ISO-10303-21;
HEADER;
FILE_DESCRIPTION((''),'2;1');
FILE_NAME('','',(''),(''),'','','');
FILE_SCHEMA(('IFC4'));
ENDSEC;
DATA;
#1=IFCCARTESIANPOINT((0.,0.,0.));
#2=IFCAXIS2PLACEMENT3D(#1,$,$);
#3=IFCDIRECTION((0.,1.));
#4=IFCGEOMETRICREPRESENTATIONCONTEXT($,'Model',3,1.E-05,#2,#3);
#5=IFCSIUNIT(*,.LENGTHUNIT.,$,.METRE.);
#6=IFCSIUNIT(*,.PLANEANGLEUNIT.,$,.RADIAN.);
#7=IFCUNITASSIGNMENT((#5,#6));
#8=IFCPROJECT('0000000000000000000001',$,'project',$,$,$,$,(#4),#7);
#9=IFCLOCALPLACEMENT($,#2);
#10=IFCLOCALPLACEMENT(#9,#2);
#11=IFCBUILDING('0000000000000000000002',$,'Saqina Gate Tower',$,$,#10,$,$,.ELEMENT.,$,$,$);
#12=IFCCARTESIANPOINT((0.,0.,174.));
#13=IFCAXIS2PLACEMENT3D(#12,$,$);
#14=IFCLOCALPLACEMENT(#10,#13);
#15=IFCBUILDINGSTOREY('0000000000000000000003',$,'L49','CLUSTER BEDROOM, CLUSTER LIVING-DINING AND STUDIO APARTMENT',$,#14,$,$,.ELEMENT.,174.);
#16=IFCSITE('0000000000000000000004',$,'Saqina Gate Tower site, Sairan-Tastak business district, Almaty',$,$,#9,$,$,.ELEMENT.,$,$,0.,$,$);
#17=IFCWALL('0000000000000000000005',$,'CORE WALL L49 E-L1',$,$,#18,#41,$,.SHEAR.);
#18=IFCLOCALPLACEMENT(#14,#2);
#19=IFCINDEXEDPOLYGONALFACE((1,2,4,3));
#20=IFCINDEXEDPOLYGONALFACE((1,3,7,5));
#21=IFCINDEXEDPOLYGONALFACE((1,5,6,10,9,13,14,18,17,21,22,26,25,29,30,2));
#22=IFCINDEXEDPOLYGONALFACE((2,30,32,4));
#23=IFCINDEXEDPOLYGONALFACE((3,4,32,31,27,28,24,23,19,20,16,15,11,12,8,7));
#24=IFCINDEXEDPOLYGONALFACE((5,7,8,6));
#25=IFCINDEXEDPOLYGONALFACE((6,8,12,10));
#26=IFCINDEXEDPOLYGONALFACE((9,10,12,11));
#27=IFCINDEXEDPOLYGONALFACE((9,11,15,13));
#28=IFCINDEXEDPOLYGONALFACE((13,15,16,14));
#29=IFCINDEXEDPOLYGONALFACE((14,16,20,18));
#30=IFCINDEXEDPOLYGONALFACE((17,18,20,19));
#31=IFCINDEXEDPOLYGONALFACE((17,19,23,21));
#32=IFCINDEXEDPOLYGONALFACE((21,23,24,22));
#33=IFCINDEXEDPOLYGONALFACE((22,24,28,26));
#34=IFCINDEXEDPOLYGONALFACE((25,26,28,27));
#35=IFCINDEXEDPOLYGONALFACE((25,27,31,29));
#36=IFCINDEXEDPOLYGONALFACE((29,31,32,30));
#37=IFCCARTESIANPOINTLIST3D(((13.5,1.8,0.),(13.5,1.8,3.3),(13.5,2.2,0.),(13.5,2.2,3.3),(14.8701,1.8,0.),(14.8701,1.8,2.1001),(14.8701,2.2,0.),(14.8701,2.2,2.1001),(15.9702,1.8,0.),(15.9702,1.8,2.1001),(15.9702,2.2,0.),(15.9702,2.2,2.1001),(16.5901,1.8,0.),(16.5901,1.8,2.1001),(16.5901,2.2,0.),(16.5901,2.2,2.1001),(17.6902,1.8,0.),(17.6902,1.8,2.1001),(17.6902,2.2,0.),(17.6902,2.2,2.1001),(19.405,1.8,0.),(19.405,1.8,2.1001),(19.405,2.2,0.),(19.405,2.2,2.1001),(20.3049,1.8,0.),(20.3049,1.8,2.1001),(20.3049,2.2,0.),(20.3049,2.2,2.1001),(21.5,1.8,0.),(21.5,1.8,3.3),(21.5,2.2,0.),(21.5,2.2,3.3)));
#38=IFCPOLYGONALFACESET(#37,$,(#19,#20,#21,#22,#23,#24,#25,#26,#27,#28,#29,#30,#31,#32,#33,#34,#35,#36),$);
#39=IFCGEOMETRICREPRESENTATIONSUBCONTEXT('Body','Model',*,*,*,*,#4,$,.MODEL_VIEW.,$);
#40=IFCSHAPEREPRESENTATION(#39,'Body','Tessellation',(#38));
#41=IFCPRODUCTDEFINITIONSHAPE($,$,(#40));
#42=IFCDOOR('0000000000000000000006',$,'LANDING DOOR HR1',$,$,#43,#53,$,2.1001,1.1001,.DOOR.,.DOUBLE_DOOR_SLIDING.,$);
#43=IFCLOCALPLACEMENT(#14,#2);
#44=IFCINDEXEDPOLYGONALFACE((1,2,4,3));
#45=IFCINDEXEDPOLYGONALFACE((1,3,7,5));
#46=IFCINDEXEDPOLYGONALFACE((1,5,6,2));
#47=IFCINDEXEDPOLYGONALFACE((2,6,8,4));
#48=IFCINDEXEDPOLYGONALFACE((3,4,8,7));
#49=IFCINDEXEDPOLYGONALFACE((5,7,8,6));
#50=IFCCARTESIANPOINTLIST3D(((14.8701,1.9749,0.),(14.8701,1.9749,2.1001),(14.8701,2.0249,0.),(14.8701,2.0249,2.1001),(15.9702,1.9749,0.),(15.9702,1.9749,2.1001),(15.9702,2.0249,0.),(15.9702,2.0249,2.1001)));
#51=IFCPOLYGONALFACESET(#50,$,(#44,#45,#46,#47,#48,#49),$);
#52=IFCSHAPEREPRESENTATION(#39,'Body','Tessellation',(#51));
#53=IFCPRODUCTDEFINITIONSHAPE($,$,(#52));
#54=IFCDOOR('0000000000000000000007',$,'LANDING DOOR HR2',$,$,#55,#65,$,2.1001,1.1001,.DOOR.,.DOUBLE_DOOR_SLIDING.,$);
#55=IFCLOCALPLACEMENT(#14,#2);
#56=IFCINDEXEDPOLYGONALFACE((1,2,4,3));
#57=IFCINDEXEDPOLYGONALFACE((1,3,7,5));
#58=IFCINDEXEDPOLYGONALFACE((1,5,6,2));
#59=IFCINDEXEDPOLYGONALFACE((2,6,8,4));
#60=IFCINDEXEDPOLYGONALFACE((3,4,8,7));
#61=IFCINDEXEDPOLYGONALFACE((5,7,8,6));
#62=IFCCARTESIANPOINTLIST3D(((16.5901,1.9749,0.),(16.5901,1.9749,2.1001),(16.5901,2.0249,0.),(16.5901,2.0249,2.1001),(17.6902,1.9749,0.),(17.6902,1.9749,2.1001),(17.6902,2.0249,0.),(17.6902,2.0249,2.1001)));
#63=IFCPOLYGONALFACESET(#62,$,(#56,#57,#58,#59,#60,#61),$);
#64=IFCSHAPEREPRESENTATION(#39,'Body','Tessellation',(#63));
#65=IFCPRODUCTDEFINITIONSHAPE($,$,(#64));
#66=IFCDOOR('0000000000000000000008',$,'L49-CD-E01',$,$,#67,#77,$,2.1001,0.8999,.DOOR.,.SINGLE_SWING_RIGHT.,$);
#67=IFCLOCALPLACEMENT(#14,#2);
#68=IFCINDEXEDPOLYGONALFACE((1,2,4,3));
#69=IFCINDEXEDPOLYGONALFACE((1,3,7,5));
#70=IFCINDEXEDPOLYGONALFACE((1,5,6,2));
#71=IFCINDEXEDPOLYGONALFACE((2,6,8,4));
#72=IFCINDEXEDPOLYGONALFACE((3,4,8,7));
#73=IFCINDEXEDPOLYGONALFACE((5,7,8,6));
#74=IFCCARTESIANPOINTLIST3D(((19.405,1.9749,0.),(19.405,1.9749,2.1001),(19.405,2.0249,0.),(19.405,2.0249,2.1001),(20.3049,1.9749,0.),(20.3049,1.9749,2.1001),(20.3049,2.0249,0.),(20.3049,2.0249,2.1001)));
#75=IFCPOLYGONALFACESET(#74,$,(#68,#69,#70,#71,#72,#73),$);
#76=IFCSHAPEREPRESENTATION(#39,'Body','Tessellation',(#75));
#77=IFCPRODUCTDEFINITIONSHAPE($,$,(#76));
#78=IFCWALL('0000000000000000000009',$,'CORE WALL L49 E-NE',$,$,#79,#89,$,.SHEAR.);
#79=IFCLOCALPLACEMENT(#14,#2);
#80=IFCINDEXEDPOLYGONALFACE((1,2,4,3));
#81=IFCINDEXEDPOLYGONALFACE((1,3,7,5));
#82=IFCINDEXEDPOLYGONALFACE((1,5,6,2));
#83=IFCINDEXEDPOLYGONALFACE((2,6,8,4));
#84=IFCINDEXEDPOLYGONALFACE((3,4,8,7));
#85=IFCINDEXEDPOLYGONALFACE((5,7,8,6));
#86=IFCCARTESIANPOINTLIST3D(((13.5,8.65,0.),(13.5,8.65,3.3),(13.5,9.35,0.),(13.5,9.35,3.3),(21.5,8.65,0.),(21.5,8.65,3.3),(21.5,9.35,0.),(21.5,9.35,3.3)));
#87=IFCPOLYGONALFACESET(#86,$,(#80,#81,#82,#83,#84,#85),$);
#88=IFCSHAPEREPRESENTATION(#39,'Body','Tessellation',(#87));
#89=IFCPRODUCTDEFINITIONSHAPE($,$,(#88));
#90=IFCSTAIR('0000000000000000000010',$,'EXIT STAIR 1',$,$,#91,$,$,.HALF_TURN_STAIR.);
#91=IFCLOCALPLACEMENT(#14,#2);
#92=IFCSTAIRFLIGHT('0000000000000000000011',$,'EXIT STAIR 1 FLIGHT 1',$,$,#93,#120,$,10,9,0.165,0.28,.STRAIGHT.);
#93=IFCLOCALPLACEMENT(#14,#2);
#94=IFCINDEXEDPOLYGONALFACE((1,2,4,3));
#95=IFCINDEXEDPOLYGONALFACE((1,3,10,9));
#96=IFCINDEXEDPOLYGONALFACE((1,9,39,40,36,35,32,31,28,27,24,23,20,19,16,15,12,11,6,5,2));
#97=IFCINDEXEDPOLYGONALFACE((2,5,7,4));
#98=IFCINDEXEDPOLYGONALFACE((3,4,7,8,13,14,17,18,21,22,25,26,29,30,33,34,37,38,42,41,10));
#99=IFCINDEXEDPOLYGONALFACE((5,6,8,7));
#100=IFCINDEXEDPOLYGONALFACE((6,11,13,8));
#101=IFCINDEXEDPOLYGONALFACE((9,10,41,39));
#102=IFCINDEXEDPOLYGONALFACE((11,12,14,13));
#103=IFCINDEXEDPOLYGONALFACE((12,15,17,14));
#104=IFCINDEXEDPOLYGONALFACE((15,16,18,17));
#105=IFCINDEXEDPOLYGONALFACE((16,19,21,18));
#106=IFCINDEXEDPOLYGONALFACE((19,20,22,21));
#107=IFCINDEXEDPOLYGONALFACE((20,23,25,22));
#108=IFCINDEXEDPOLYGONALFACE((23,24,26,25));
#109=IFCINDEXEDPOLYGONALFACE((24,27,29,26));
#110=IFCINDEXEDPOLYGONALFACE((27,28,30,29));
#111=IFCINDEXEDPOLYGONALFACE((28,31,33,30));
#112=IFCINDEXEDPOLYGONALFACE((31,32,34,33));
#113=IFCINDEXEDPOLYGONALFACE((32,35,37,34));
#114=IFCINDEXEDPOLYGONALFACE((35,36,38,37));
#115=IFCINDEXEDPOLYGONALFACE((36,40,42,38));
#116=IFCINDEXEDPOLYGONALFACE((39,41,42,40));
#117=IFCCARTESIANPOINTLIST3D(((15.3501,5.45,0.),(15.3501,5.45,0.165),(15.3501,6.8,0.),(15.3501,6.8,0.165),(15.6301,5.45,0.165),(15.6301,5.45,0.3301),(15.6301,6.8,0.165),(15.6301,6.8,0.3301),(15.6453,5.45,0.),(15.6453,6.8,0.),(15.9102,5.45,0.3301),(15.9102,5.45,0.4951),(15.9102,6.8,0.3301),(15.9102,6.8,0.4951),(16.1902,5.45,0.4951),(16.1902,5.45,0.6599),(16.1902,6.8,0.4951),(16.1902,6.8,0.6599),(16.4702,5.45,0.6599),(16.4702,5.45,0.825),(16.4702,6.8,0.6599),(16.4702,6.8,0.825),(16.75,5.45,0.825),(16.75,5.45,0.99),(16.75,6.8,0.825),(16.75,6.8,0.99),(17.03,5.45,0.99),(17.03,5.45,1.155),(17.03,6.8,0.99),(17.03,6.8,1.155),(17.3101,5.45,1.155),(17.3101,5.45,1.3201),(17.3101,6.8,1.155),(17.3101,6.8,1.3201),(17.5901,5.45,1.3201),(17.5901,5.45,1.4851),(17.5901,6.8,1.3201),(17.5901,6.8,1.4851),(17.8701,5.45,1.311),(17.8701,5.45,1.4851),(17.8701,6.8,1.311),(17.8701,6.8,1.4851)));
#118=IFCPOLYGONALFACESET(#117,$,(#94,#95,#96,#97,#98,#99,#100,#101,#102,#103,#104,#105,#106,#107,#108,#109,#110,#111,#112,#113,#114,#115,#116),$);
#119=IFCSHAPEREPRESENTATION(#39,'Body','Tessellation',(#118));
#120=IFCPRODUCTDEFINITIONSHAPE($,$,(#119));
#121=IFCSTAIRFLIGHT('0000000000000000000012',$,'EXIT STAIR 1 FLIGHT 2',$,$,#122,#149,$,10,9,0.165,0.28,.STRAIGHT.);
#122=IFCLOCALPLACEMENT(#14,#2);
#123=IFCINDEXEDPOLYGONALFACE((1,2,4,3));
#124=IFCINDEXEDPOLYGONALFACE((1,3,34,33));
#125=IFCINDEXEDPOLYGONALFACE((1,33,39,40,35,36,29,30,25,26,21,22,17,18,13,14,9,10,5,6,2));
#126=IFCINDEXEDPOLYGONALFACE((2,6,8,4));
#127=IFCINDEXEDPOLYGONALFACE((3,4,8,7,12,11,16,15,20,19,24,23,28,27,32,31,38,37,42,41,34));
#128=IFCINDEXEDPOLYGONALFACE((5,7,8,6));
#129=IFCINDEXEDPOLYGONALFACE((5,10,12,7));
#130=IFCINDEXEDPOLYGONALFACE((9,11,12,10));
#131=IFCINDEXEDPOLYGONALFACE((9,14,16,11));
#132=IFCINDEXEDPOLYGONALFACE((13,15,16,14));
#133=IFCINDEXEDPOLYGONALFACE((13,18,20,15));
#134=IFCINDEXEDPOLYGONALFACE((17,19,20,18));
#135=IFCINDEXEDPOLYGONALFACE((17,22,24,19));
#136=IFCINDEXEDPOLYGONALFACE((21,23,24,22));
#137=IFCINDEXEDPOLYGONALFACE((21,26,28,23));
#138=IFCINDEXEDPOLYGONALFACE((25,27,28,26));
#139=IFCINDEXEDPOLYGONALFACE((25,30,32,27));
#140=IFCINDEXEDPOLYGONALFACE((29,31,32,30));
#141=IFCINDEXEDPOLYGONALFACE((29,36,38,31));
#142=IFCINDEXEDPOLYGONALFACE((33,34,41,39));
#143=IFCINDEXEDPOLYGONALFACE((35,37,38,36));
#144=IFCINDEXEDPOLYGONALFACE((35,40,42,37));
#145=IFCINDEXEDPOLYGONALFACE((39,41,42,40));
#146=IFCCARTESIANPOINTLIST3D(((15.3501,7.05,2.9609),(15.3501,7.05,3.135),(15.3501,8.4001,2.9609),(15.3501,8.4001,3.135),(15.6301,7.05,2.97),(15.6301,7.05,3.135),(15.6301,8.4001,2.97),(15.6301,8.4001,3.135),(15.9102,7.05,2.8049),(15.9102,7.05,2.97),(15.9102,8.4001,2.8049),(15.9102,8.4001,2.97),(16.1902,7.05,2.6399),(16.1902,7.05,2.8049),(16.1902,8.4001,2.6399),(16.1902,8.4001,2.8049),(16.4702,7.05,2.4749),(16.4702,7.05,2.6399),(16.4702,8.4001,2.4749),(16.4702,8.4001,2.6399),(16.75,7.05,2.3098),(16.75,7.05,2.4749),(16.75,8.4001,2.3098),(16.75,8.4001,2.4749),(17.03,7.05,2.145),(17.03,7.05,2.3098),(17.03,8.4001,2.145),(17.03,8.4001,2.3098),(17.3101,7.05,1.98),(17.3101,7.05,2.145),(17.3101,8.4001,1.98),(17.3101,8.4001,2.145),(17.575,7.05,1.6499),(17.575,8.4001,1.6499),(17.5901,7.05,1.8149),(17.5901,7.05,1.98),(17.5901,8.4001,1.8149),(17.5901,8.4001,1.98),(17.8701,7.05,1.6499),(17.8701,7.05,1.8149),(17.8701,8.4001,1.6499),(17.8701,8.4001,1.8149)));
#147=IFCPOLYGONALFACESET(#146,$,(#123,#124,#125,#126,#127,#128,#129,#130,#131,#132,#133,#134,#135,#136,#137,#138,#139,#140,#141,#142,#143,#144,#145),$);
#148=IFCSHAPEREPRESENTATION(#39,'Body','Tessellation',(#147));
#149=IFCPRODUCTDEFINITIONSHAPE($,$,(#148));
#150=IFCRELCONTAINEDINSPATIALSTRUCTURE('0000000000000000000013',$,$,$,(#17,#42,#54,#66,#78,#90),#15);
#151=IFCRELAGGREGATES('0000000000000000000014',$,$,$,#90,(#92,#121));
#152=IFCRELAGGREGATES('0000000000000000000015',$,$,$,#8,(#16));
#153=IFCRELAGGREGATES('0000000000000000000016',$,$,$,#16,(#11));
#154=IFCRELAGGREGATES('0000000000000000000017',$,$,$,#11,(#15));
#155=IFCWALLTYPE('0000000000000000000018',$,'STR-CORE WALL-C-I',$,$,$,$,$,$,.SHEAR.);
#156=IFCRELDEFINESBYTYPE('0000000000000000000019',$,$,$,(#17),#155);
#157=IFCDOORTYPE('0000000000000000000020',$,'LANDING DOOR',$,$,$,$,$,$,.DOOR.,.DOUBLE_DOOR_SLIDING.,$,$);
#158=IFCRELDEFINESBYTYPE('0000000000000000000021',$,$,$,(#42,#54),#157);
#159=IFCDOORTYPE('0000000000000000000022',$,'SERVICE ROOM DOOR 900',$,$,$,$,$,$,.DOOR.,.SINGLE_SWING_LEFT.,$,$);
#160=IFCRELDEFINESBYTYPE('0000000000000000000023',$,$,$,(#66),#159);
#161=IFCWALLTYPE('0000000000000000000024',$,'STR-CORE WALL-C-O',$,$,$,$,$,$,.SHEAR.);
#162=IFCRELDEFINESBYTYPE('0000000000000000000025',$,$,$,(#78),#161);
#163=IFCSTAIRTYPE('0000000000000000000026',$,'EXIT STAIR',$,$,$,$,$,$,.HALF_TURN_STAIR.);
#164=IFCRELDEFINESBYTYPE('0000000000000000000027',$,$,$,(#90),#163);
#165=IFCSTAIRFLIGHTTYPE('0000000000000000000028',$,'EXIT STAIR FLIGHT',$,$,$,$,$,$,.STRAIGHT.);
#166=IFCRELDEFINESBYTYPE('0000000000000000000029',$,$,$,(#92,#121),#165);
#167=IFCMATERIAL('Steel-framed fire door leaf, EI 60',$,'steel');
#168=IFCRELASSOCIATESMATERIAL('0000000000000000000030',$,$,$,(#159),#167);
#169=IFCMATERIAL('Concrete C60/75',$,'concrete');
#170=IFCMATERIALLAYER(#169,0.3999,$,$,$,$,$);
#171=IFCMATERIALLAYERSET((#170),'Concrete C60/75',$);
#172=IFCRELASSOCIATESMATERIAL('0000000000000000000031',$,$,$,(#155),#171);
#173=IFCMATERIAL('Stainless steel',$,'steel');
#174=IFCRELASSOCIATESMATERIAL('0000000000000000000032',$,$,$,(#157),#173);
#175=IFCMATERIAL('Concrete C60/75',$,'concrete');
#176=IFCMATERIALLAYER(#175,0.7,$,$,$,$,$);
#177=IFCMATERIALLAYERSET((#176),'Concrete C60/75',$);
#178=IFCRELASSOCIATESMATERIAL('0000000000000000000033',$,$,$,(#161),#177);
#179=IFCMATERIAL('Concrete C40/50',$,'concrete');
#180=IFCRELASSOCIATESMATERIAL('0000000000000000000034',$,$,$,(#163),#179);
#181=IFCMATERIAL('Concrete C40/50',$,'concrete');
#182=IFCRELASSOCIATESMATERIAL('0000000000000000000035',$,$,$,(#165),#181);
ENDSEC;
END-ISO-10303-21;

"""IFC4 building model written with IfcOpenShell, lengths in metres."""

from ifc_helpers import new_model, si_unit, direction, frame, frame_2d, origin, place, context, subcontext, project, spatial, polyline, rectangle, outline, extrude, material, layer, layer_set, type_object, element, fill, aggregate, save


model = new_model("IFC4")

# Units and contexts
model_context = context("Model", 3, precision=1e-05, world=origin(), true_north=direction((0.0, 1.0)))
body_context = subcontext(model_context, "Body", "Model", "MODEL_VIEW")
ifc_project = project(units=[si_unit("LENGTHUNIT", "METRE"), si_unit("PLANEANGLEUNIT", "RADIAN")], contexts=[model_context])

# Site, building, storey
site_placement = place(None, origin())
site = spatial("IfcSite", under=ifc_project, at=site_placement, Name="Saqina Gate Tower site, Sairan-Tastak business district, Almaty", CompositionType="ELEMENT", RefElevation=0.0)
building_placement = place(site_placement, origin())
building = spatial("IfcBuilding", under=site, at=building_placement, Name="Saqina Gate Tower", CompositionType="ELEMENT")
storey_placement = place(building_placement, frame((0.0, 0.0, 174.0)))
storey = spatial("IfcBuildingStorey", under=building, at=storey_placement, Name="L49", Description="CLUSTER BEDROOM, CLUSTER LIVING-DINING AND STUDIO APARTMENT", CompositionType="ELEMENT", Elevation=174.0)

# Shared definitions
ifc_material_1 = material(Name="Steel-framed fire door leaf, EI 60", Category="steel")
door_type_1 = type_object("IfcDoorType", Name="SERVICE ROOM DOOR 900", OperationType="SINGLE_SWING_LEFT", PredefinedType="DOOR", material=ifc_material_1)

# Shared definitions
ifc_material_2 = material(Name="Concrete C60/75", Category="concrete")
ifc_layer_1 = layer(ifc_material_2, 0.3999)
ifc_layer_set_1 = layer_set([ifc_layer_1], Name="Concrete C60/75")
wall_type_1 = type_object("IfcWallType", Name="STR-CORE WALL-C-I", PredefinedType="SHEAR", material=ifc_layer_set_1)

# Wall, openings, doors
wall_1_placement = place(storey_placement, frame((13.5, 2.0, 0.0), z_axis=(0.0, 0.0, 1.0), x_axis=(1.0, 0.0, 0.0)))
wall_1 = element("IfcWall", 1, at=wall_1_placement, inside=storey, type_object=wall_type_1, Name="CORE WALL L49 E-L1", PredefinedType="SHEAR", context=body_context, shape_type="SweptSolid", body=[
    extrude(rectangle(XDim=8.0, YDim=0.3999, at=frame_2d((4.0, 0.0))), origin(), (0.0, 0.0, 1.0), 3.3),
])
opening_1_placement = place(wall_1_placement, frame((1.3701, 0.0, 0.0)))
opening_1 = element("IfcOpeningElement", 2, at=opening_1_placement, cuts=wall_1, PredefinedType="OPENING", context=body_context, shape_type="SweptSolid", body=[
    extrude(rectangle(XDim=1.1001, YDim=2.1001, at=frame_2d((0.55, 1.05))), frame((0.0, 0.2119, 0.0), z_axis=(0.0, -1.0, 0.0), x_axis=(1.0, 0.0, 0.0)), (0.0, 0.0, 1.0), 0.4238),
])
opening_2_placement = place(wall_1_placement, frame((3.0901, 0.0, 0.0)))
opening_2 = element("IfcOpeningElement", 3, at=opening_2_placement, cuts=wall_1, PredefinedType="OPENING", context=body_context, shape_type="SweptSolid", body=[
    extrude(rectangle(XDim=1.1001, YDim=2.1001, at=frame_2d((0.55, 1.05))), frame((0.0, 0.2119, 0.0), z_axis=(0.0, -1.0, 0.0), x_axis=(1.0, 0.0, 0.0)), (0.0, 0.0, 1.0), 0.4238),
])
opening_3_placement = place(wall_1_placement, frame((5.905, 0.0, 0.0)))
opening_3 = element("IfcOpeningElement", 4, at=opening_3_placement, cuts=wall_1, PredefinedType="OPENING", context=body_context, shape_type="SweptSolid", body=[
    extrude(rectangle(XDim=0.8999, YDim=2.1001, at=frame_2d((0.45, 1.05))), frame((0.0, 0.2119, 0.0), z_axis=(0.0, -1.0, 0.0), x_axis=(1.0, 0.0, 0.0)), (0.0, 0.0, 1.0), 0.4238),
])
ifc_material_3 = material(Name="Stainless steel", Category="steel")
door_type_2 = type_object("IfcDoorType", Name="LANDING DOOR", OperationType="DOUBLE_DOOR_SLIDING", PredefinedType="DOOR", material=ifc_material_3)
door_1_placement = place(opening_1_placement, origin())
door_1 = element("IfcDoor", 5, at=door_1_placement, inside=storey, type_object=door_type_2, Name="LANDING DOOR HR1", OperationType="DOUBLE_DOOR_SLIDING", OverallHeight=2.1001, OverallWidth=1.1001, PredefinedType="DOOR", context=body_context, shape_type="SweptSolid", body=[
    extrude(rectangle(XDim=1.1001, YDim=2.1001, at=frame_2d((0.55, 1.05))), frame((0.0, 0.0249, 0.0), z_axis=(0.0, -1.0, 0.0), x_axis=(1.0, 0.0, 0.0)), (0.0, 0.0, 1.0), 0.05),
])
fill(opening_1, door_1)
door_2_placement = place(opening_2_placement, origin())
door_2 = element("IfcDoor", 6, at=door_2_placement, inside=storey, type_object=door_type_2, Name="LANDING DOOR HR2", OperationType="DOUBLE_DOOR_SLIDING", OverallHeight=2.1001, OverallWidth=1.1001, PredefinedType="DOOR", context=body_context, shape_type="SweptSolid", body=[
    extrude(rectangle(XDim=1.1001, YDim=2.1001, at=frame_2d((0.55, 1.05))), frame((0.0, 0.0249, 0.0), z_axis=(0.0, -1.0, 0.0), x_axis=(1.0, 0.0, 0.0)), (0.0, 0.0, 1.0), 0.05),
])
fill(opening_2, door_2)
door_3_placement = place(opening_3_placement, origin())
door_3 = element("IfcDoor", 7, at=door_3_placement, inside=storey, type_object=door_type_1, Name="L49-CD-E01", OperationType="SINGLE_SWING_RIGHT", OverallHeight=2.1001, OverallWidth=0.8999, PredefinedType="DOOR", context=body_context, shape_type="SweptSolid", body=[
    extrude(rectangle(XDim=0.8999, YDim=2.1001, at=frame_2d((0.45, 1.05))), frame((0.0, 0.0249, 0.0), z_axis=(0.0, -1.0, 0.0), x_axis=(1.0, 0.0, 0.0)), (0.0, 0.0, 1.0), 0.05),
])
fill(opening_3, door_3)

# Wall
ifc_material_4 = material(Name="Concrete C60/75", Category="concrete")
ifc_layer_2 = layer(ifc_material_4, 0.7)
ifc_layer_set_2 = layer_set([ifc_layer_2], Name="Concrete C60/75")
wall_type_2 = type_object("IfcWallType", Name="STR-CORE WALL-C-O", PredefinedType="SHEAR", material=ifc_layer_set_2)
wall_2_placement = place(storey_placement, frame((13.5, 9.0, 0.0), z_axis=(0.0, 0.0, 1.0), x_axis=(1.0, 0.0, 0.0)))
element("IfcWall", 8, at=wall_2_placement, inside=storey, type_object=wall_type_2, Name="CORE WALL L49 E-NE", PredefinedType="SHEAR", context=body_context, shape_type="SweptSolid", body=[
    extrude(rectangle(XDim=8.0, YDim=0.7, at=frame_2d((4.0, 0.0))), origin(), (0.0, 0.0, 1.0), 3.3),
])

# Stair, stair flights
ifc_material_5 = material(Name="Concrete C40/50", Category="concrete")
stair_type = type_object("IfcStairType", Name="EXIT STAIR", PredefinedType="HALF_TURN_STAIR", material=ifc_material_5)
stair_placement = place(storey_placement, origin())
stair = element("IfcStair", 9, at=stair_placement, inside=storey, type_object=stair_type, Name="EXIT STAIR 1", PredefinedType="HALF_TURN_STAIR")
ifc_material_6 = material(Name="Concrete C40/50", Category="concrete")
stair_flight_type = type_object("IfcStairFlightType", Name="EXIT STAIR FLIGHT", PredefinedType="STRAIGHT", material=ifc_material_6)
stair_flight_1_placement = place(storey_placement, frame((15.3501, 6.125, 0.0), z_axis=(0.0, 0.0, 1.0), x_axis=(1.0, 0.0, 0.0)))
stair_flight_1 = element("IfcStairFlight", 10, at=stair_flight_1_placement, type_object=stair_flight_type, Name="EXIT STAIR 1 FLIGHT 1", NumberOfRisers=10, NumberOfTreads=9, PredefinedType="STRAIGHT", RiserHeight=0.165, TreadLength=0.28, context=body_context, shape_type="SweptSolid", body=[
    extrude(outline(polyline([(0.0, 0.0), (0.0, 0.165), (0.28, 0.165), (0.28, 0.3301), (0.5601, 0.3301), (0.5601, 0.4951), (0.8401, 0.4951), (0.8401, 0.6599), (1.1201, 0.6599), (1.1201, 0.825), (1.3999, 0.825), (1.3999, 0.99), (1.6799, 0.99), (1.6799, 1.155), (1.96, 1.155), (1.96, 1.3201), (2.24, 1.3201), (2.24, 1.4851), (2.52, 1.4851), (2.52, 1.6499), (2.52, 1.311), (0.2952, 0.0), (0.0, 0.0)])), frame((0.0, 0.675, 0.0), z_axis=(0.0, -1.0, 0.0), x_axis=(1.0, 0.0, 0.0)), (0.0, 0.0, 1.0), 1.3501),
])
stair_flight_2_placement = place(storey_placement, frame((17.8701, 7.7251, 1.6499), z_axis=(0.0, 0.0, 1.0), x_axis=(-1.0, 0.0, 0.0)))
stair_flight_2 = element("IfcStairFlight", 11, at=stair_flight_2_placement, type_object=stair_flight_type, Name="EXIT STAIR 1 FLIGHT 2", NumberOfRisers=10, NumberOfTreads=9, PredefinedType="STRAIGHT", RiserHeight=0.165, TreadLength=0.28, context=body_context, shape_type="SweptSolid", body=[
    extrude(outline(polyline([(0.0, 0.0), (0.0, 0.165), (0.28, 0.165), (0.28, 0.3301), (0.5601, 0.3301), (0.5601, 0.4951), (0.8401, 0.4951), (0.8401, 0.6599), (1.1201, 0.6599), (1.1201, 0.825), (1.3999, 0.825), (1.3999, 0.99), (1.6799, 0.99), (1.6799, 1.155), (1.96, 1.155), (1.96, 1.3201), (2.24, 1.3201), (2.24, 1.4851), (2.52, 1.4851), (2.52, 1.6499), (2.52, 1.311), (0.2952, 0.0), (0.0, 0.0)])), frame((0.0, 0.675, 0.0), z_axis=(0.0, -1.0, 0.0), x_axis=(1.0, 0.0, 0.0)), (0.0, 0.0, 1.0), 1.3501),
])
aggregate(stair, [stair_flight_1, stair_flight_2])

save(model, "model.ifc")
